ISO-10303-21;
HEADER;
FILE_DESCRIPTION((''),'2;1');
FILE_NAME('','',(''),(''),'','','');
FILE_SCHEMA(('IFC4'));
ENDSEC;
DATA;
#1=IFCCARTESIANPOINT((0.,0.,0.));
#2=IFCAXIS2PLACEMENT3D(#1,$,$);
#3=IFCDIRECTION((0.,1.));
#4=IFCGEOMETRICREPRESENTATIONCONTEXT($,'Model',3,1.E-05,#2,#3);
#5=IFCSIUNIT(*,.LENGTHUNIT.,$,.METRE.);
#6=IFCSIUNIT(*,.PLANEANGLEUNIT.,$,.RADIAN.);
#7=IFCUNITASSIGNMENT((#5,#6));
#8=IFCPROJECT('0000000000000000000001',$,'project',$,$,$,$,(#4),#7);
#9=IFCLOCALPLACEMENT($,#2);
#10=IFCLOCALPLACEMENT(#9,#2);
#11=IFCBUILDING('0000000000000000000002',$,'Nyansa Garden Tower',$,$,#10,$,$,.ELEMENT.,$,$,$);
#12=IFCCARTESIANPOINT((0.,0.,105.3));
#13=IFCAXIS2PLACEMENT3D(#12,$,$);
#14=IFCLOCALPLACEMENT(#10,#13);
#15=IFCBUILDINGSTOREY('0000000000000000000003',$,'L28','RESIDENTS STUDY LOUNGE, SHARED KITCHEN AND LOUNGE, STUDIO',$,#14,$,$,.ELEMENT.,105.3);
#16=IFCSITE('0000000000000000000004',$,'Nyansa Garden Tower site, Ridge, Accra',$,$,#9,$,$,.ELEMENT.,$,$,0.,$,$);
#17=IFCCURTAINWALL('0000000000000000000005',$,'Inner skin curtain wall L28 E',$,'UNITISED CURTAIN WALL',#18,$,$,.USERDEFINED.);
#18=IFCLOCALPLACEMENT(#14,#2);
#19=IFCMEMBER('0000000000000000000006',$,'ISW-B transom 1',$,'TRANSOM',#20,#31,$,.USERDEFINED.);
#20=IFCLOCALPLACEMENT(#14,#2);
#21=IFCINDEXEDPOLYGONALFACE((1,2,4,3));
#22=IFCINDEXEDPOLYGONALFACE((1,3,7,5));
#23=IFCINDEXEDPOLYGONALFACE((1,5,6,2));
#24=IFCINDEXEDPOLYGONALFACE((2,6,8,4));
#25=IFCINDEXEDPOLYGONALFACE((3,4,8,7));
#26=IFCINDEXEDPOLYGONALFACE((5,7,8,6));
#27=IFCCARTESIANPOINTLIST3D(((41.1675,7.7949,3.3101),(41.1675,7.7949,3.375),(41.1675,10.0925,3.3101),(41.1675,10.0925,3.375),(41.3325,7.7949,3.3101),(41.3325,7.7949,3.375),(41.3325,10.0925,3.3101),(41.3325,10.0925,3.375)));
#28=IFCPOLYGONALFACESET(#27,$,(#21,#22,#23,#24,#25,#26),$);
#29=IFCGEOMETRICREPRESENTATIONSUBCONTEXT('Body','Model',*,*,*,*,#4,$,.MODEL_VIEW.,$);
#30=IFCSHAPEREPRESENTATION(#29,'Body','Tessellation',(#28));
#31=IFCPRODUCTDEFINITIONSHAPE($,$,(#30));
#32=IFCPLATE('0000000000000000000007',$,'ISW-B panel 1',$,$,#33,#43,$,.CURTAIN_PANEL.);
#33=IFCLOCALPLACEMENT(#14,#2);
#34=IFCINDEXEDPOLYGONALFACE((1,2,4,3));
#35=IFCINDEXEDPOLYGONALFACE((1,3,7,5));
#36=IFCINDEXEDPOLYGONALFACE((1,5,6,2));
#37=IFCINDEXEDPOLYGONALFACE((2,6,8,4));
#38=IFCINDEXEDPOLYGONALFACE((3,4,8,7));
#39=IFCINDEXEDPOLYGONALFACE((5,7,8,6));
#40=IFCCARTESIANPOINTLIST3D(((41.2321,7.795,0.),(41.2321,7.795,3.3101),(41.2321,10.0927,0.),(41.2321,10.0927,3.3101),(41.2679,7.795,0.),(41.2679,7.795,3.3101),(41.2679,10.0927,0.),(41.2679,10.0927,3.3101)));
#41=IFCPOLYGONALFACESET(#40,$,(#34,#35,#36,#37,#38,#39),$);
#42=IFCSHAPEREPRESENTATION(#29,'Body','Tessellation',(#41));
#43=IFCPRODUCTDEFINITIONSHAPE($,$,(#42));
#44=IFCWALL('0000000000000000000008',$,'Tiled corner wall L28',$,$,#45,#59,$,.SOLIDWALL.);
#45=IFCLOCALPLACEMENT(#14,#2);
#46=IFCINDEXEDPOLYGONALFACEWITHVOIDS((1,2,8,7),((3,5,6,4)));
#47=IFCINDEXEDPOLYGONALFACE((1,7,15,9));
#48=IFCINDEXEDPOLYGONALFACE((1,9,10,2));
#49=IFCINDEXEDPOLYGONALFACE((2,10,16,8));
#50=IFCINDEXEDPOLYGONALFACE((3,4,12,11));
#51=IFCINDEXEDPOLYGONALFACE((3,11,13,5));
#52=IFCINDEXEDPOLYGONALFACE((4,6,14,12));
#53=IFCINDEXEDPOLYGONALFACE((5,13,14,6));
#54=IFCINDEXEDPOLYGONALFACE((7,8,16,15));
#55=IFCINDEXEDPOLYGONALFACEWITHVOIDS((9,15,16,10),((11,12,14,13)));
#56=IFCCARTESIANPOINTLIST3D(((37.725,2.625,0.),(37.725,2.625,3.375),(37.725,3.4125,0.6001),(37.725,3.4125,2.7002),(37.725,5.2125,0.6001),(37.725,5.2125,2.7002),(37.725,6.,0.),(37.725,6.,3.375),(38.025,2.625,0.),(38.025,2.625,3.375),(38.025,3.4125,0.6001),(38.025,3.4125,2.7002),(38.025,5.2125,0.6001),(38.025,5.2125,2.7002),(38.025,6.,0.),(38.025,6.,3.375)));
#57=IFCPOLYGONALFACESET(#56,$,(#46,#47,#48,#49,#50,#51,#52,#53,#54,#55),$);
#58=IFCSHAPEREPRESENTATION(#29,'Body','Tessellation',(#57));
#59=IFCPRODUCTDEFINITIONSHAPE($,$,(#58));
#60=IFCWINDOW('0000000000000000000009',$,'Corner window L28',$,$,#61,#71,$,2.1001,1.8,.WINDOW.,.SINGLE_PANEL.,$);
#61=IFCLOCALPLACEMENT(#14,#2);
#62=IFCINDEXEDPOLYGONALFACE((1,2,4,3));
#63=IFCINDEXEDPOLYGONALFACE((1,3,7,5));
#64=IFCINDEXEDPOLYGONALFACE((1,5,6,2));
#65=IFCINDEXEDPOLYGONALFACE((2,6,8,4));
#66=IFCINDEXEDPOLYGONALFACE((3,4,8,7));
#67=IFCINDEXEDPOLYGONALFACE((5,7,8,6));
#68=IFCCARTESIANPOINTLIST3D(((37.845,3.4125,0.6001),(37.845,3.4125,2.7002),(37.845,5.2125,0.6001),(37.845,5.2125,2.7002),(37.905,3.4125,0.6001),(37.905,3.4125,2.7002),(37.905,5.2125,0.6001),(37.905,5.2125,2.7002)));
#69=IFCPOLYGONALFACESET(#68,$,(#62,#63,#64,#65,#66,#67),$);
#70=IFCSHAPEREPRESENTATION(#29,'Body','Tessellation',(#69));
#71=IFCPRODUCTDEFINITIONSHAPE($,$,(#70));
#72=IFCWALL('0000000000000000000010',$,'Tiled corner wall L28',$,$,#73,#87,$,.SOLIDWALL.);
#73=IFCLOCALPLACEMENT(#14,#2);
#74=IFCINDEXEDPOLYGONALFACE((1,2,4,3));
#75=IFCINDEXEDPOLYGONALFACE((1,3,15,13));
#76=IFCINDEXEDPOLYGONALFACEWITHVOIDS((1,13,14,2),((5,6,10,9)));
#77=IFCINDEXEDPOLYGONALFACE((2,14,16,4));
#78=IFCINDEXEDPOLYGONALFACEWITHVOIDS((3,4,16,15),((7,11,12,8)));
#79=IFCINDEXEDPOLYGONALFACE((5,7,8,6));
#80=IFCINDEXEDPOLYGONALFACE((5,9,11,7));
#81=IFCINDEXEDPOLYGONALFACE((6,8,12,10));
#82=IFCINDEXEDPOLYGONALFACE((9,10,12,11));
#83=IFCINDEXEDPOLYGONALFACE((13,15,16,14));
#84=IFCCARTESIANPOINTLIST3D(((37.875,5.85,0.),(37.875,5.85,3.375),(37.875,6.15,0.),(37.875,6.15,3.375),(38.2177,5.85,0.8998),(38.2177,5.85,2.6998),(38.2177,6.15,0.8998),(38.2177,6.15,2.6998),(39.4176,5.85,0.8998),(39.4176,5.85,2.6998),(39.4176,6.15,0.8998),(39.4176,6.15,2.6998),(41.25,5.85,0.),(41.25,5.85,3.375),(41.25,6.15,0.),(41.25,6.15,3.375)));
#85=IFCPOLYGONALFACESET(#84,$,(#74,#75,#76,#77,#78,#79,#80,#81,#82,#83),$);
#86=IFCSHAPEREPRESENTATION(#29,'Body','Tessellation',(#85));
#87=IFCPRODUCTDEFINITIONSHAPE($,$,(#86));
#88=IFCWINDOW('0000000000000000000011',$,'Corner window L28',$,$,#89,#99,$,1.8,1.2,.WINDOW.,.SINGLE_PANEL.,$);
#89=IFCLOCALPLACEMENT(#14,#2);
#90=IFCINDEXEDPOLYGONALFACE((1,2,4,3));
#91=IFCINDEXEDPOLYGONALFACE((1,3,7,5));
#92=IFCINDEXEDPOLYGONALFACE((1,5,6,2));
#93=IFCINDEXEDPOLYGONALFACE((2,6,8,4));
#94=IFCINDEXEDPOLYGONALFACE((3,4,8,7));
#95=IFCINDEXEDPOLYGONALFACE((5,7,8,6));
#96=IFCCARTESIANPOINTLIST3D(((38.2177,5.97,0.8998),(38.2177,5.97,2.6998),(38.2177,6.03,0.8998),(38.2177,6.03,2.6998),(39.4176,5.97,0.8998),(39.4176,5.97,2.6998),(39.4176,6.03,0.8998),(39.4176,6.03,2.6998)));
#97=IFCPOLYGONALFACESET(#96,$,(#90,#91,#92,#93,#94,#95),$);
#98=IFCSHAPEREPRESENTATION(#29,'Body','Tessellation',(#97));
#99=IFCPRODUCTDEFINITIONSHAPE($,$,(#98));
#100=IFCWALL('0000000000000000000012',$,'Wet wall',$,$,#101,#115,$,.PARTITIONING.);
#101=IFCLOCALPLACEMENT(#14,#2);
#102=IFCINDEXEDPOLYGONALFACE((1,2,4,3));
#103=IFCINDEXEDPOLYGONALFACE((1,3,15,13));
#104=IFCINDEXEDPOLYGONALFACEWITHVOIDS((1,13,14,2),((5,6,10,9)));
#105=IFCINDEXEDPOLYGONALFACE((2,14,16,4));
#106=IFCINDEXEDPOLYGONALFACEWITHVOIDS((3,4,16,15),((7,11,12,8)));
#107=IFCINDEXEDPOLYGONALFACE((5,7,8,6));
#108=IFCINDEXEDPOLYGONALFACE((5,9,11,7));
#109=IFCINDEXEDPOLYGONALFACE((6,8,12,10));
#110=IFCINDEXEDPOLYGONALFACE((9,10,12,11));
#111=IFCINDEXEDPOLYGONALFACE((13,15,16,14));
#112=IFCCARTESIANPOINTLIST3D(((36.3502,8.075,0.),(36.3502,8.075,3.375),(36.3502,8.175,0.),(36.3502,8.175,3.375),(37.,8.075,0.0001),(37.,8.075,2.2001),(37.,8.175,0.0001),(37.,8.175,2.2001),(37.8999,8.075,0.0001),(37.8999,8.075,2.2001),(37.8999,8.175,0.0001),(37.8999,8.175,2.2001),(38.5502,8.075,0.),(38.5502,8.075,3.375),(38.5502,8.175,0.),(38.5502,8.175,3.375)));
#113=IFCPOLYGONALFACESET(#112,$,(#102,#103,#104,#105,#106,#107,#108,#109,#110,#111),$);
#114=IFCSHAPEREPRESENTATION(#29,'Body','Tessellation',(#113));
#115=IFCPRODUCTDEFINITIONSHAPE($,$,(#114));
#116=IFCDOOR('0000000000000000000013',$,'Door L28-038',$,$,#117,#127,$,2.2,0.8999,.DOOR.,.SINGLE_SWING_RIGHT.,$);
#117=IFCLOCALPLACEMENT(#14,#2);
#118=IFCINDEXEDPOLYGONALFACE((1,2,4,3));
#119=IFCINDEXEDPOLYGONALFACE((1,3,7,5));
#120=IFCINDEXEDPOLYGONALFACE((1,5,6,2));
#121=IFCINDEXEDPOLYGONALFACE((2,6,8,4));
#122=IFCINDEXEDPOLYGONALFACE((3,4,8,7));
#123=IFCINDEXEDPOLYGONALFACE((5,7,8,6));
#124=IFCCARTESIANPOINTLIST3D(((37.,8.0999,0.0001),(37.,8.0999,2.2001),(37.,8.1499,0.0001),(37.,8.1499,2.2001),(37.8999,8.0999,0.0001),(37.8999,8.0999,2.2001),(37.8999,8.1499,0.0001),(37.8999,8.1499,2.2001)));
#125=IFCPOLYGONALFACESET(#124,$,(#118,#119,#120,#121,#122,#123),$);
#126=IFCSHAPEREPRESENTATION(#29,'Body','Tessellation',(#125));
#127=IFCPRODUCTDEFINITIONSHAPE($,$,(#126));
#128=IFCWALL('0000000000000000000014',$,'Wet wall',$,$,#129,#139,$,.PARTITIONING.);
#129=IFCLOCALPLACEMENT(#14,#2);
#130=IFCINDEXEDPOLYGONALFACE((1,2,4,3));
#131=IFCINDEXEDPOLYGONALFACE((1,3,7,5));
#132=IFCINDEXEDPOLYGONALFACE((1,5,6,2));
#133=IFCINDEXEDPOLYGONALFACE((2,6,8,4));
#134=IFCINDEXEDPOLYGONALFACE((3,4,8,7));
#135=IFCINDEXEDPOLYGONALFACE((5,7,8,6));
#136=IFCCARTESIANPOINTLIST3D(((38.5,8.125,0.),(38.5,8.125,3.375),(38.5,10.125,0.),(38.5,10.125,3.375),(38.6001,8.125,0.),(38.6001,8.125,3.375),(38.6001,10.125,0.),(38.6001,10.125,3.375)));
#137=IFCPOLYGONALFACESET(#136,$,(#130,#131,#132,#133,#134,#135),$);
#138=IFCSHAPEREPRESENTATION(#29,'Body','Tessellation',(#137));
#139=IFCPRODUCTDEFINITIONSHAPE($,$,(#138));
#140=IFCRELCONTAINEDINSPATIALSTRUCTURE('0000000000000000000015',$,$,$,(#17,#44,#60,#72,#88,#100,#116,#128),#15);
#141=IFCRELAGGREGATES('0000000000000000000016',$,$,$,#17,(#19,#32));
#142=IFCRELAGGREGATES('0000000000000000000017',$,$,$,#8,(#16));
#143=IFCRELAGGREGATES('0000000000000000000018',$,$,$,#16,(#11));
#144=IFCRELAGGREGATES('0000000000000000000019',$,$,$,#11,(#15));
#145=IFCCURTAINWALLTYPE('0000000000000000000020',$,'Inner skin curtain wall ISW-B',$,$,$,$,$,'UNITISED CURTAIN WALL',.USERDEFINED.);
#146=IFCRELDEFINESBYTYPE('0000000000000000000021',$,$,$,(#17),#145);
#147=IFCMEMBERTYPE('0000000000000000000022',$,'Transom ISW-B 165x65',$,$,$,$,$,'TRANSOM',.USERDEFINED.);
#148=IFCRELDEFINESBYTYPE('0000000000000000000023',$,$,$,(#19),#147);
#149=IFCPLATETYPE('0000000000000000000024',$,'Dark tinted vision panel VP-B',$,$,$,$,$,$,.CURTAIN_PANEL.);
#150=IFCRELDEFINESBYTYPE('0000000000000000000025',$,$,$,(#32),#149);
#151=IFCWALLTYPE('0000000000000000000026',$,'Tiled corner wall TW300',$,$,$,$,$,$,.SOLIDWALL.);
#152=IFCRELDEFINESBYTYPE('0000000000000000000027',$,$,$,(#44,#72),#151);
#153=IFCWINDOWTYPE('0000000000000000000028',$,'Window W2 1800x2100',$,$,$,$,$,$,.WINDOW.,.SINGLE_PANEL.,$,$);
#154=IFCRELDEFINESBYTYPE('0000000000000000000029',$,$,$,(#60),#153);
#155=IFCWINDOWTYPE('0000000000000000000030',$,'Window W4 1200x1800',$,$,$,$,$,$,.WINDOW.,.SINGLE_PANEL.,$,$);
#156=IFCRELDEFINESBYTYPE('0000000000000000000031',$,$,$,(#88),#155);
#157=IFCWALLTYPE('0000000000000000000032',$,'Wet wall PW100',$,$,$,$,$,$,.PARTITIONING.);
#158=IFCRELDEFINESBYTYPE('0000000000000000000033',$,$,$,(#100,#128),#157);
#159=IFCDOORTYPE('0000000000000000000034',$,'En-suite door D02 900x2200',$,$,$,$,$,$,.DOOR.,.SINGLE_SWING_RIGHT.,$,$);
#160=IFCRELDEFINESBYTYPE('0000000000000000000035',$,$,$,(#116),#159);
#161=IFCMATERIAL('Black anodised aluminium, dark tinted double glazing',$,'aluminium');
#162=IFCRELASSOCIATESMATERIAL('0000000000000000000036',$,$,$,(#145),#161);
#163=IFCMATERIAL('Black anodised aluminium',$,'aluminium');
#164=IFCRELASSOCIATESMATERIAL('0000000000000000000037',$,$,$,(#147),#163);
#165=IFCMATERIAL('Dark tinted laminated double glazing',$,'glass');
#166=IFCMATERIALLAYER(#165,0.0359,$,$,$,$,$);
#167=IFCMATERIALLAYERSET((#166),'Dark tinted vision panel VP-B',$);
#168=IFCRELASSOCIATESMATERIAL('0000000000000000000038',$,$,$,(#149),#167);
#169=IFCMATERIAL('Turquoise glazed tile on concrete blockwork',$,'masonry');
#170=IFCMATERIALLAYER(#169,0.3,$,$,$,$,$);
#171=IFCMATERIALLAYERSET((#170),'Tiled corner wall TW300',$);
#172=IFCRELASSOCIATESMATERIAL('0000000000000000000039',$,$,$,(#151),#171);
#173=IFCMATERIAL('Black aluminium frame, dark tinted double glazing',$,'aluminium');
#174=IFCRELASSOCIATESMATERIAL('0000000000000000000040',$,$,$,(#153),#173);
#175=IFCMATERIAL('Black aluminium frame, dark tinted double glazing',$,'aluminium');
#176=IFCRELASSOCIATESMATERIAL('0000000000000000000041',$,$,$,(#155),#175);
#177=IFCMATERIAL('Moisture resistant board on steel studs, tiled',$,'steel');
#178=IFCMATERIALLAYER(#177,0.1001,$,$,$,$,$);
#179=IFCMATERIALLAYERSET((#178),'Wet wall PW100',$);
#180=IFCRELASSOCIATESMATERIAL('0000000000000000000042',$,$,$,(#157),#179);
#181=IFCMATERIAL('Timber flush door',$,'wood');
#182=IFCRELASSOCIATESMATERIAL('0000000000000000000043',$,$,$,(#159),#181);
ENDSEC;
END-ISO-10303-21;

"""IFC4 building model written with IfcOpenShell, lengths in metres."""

from ifc_helpers import new_model, si_unit, direction, frame, frame_2d, origin, origin_2d, place, context, subcontext, project, spatial, rectangle, extrude, material, layer, layer_set, material_profile, profile_set, type_object, element, fill, aggregate, save


model = new_model("IFC4")

# Units and contexts
model_context = context("Model", 3, precision=1e-05, world=origin(), true_north=direction((0.0, 1.0)))
body_context = subcontext(model_context, "Body", "Model", "MODEL_VIEW")
ifc_project = project(units=[si_unit("LENGTHUNIT", "METRE"), si_unit("PLANEANGLEUNIT", "RADIAN")], contexts=[model_context])

# Site, building, storey
site_placement = place(None, origin())
site = spatial("IfcSite", under=ifc_project, at=site_placement, Name="Nyansa Garden Tower site, Ridge, Accra", CompositionType="ELEMENT", RefElevation=0.0)
building_placement = place(site_placement, origin())
building = spatial("IfcBuilding", under=site, at=building_placement, Name="Nyansa Garden Tower", CompositionType="ELEMENT")
storey_placement = place(building_placement, frame((0.0, 0.0, 105.3)))
storey = spatial("IfcBuildingStorey", under=building, at=storey_placement, Name="L28", Description="RESIDENTS STUDY LOUNGE, SHARED KITCHEN AND LOUNGE, STUDIO", CompositionType="ELEMENT", Elevation=105.3)

# Curtain wall
ifc_material_1 = material(Name="Black anodised aluminium, dark tinted double glazing", Category="aluminium")
curtain_wall_type = type_object("IfcCurtainWallType", Name="Inner skin curtain wall ISW-B", ElementType="UNITISED CURTAIN WALL", PredefinedType="USERDEFINED", material=ifc_material_1)
curtain_wall_placement = place(storey_placement, origin())
curtain_wall = element("IfcCurtainWall", 1, at=curtain_wall_placement, inside=storey, type_object=curtain_wall_type, Name="Inner skin curtain wall L28 E", ObjectType="UNITISED CURTAIN WALL", PredefinedType="USERDEFINED")

# Member
ifc_material_2 = material(Name="Black anodised aluminium", Category="aluminium")
ifc_material_profile_1 = material_profile(ifc_material_2, rectangle(XDim=0.165, YDim=0.0649, at=origin_2d()), Name="Transom 165x65")
ifc_profile_set_1 = profile_set([ifc_material_profile_1], Name="Black anodised aluminium")
member_type_1 = type_object("IfcMemberType", Name="Transom ISW-B 165x65", ElementType="TRANSOM", PredefinedType="USERDEFINED", material=ifc_profile_set_1)
member_1_placement = place(storey_placement, frame((41.25, 7.7949, 3.3425), z_axis=(0.0, 1.0, 0.0), x_axis=(-1.0, 0.0, 0.0)))
member_1 = element("IfcMember", 2, at=member_1_placement, type_object=member_type_1, Name="ISW-B transom 1", ObjectType="TRANSOM", PredefinedType="USERDEFINED", context=body_context, shape_type="SweptSolid", body=[
    extrude(rectangle(XDim=0.165, YDim=0.0649, at=origin_2d()), origin(), (0.0, 0.0, 1.0), 2.2976),
])

# Plate
ifc_material_3 = material(Name="Dark tinted laminated double glazing", Category="glass")
ifc_layer_1 = layer(ifc_material_3, 0.0359)
ifc_layer_set_1 = layer_set([ifc_layer_1], Name="Dark tinted vision panel VP-B")
plate_type = type_object("IfcPlateType", Name="Dark tinted vision panel VP-B", PredefinedType="CURTAIN_PANEL", material=ifc_layer_set_1)
plate_placement = place(storey_placement, frame((41.25, 8.9438, 0.0), z_axis=(0.0, 0.0, 1.0), x_axis=(0.0, 1.0, 0.0)))
plate = element("IfcPlate", 3, at=plate_placement, type_object=plate_type, Name="ISW-B panel 1", PredefinedType="CURTAIN_PANEL", context=body_context, shape_type="SweptSolid", body=[
    extrude(rectangle(XDim=2.2976, YDim=0.0359, at=origin_2d()), origin(), (0.0, 0.0, 1.0), 3.3101),
])
aggregate(curtain_wall, [member_1, plate])

# Walls, openings, windows
ifc_material_4 = material(Name="Turquoise glazed tile on concrete blockwork", Category="masonry")
ifc_layer_2 = layer(ifc_material_4, 0.3)
ifc_layer_set_2 = layer_set([ifc_layer_2], Name="Tiled corner wall TW300")
wall_type_1 = type_object("IfcWallType", Name="Tiled corner wall TW300", PredefinedType="SOLIDWALL", material=ifc_layer_set_2)
wall_1_placement = place(storey_placement, frame((37.875, 2.625, 0.0), z_axis=(0.0, 0.0, 1.0), x_axis=(0.0, 1.0, 0.0)))
wall_1 = element("IfcWall", 4, at=wall_1_placement, inside=storey, type_object=wall_type_1, Name="Tiled corner wall L28", PredefinedType="SOLIDWALL", context=body_context, shape_type="SweptSolid", body=[
    extrude(rectangle(XDim=3.375, YDim=0.3, at=frame_2d((1.6875, 0.0))), origin(), (0.0, 0.0, 1.0), 3.375),
])
opening_1_placement = place(wall_1_placement, frame((0.7876, 0.0, 0.6001)))
opening_1 = element("IfcOpeningElement", 5, at=opening_1_placement, cuts=wall_1, PredefinedType="OPENING", context=body_context, shape_type="SweptSolid", body=[
    extrude(rectangle(XDim=1.8, YDim=2.1001, at=frame_2d((0.8999, 1.05))), frame((0.0, 0.1599, 0.0), z_axis=(0.0, -1.0, 0.0), x_axis=(1.0, 0.0, 0.0)), (0.0, 0.0, 1.0), 0.3201),
])
ifc_material_5 = material(Name="Black aluminium frame, dark tinted double glazing", Category="aluminium")
window_type_1 = type_object("IfcWindowType", Name="Window W2 1800x2100", PartitioningType="SINGLE_PANEL", PredefinedType="WINDOW", material=ifc_material_5)
window_1_placement = place(opening_1_placement, origin())
window_1 = element("IfcWindow", 6, at=window_1_placement, inside=storey, type_object=window_type_1, Name="Corner window L28", OverallHeight=2.1001, OverallWidth=1.8, PartitioningType="SINGLE_PANEL", PredefinedType="WINDOW", context=body_context, shape_type="SweptSolid", body=[
    extrude(rectangle(XDim=1.8, YDim=2.1001, at=frame_2d((0.8999, 1.05))), frame((0.0, 0.03, 0.0), z_axis=(0.0, -1.0, 0.0), x_axis=(1.0, 0.0, 0.0)), (0.0, 0.0, 1.0), 0.0601),
])
fill(opening_1, window_1)
wall_2_placement = place(storey_placement, frame((37.875, 6.0, 0.0), z_axis=(0.0, 0.0, 1.0), x_axis=(1.0, 0.0, 0.0)))
wall_2 = element("IfcWall", 7, at=wall_2_placement, inside=storey, type_object=wall_type_1, Name="Tiled corner wall L28", PredefinedType="SOLIDWALL", context=body_context, shape_type="SweptSolid", body=[
    extrude(rectangle(XDim=3.375, YDim=0.3, at=frame_2d((1.6875, 0.0))), origin(), (0.0, 0.0, 1.0), 3.375),
])
opening_2_placement = place(wall_2_placement, frame((0.3425, 0.0, 0.8999)))
opening_2 = element("IfcOpeningElement", 8, at=opening_2_placement, cuts=wall_2, PredefinedType="OPENING", context=body_context, shape_type="SweptSolid", body=[
    extrude(rectangle(XDim=1.2, YDim=1.8, at=frame_2d((0.6001, 0.8999))), frame((0.0, 0.1599, 0.0), z_axis=(0.0, -1.0, 0.0), x_axis=(1.0, 0.0, 0.0)), (0.0, 0.0, 1.0), 0.3201),
])
ifc_material_6 = material(Name="Black aluminium frame, dark tinted double glazing", Category="aluminium")
window_type_2 = type_object("IfcWindowType", Name="Window W4 1200x1800", PartitioningType="SINGLE_PANEL", PredefinedType="WINDOW", material=ifc_material_6)
window_2_placement = place(opening_2_placement, origin())
window_2 = element("IfcWindow", 9, at=window_2_placement, inside=storey, type_object=window_type_2, Name="Corner window L28", OverallHeight=1.8, OverallWidth=1.2, PartitioningType="SINGLE_PANEL", PredefinedType="WINDOW", context=body_context, shape_type="SweptSolid", body=[
    extrude(rectangle(XDim=1.2, YDim=1.8, at=frame_2d((0.6001, 0.8999))), frame((0.0, 0.03, 0.0), z_axis=(0.0, -1.0, 0.0), x_axis=(1.0, 0.0, 0.0)), (0.0, 0.0, 1.0), 0.0601),
])
fill(opening_2, window_2)

# Wall, opening, door
ifc_material_7 = material(Name="Moisture resistant board on steel studs, tiled", Category="steel")
ifc_layer_3 = layer(ifc_material_7, 0.1001)
ifc_layer_set_3 = layer_set([ifc_layer_3], Name="Wet wall PW100")
wall_type_2 = type_object("IfcWallType", Name="Wet wall PW100", PredefinedType="PARTITIONING", material=ifc_layer_set_3)
wall_3_placement = place(storey_placement, frame((36.3501, 8.125, 0.0), z_axis=(0.0, 0.0, 1.0), x_axis=(1.0, 0.0, 0.0)))
wall_3 = element("IfcWall", 10, at=wall_3_placement, inside=storey, type_object=wall_type_2, Name="Wet wall", PredefinedType="PARTITIONING", context=body_context, shape_type="SweptSolid", body=[
    extrude(rectangle(XDim=2.2, YDim=0.1001, at=frame_2d((1.1001, 0.0))), origin(), (0.0, 0.0, 1.0), 3.375),
])
opening_3_placement = place(wall_3_placement, frame((0.6499, 0.0, 0.0)))
opening_3 = element("IfcOpeningElement", 11, at=opening_3_placement, cuts=wall_3, PredefinedType="OPENING", context=body_context, shape_type="SweptSolid", body=[
    extrude(rectangle(XDim=0.8999, YDim=2.2, at=frame_2d((0.45, 1.1001))), frame((0.0, 0.0601, 0.0), z_axis=(0.0, -1.0, 0.0), x_axis=(1.0, 0.0, 0.0)), (0.0, 0.0, 1.0), 0.1201),
])
ifc_material_8 = material(Name="Timber flush door", Category="wood")
door_type = type_object("IfcDoorType", Name="En-suite door D02 900x2200", OperationType="SINGLE_SWING_RIGHT", PredefinedType="DOOR", material=ifc_material_8)
door_placement = place(opening_3_placement, origin())
door = element("IfcDoor", 12, at=door_placement, inside=storey, type_object=door_type, Name="Door L28-038", OperationType="SINGLE_SWING_RIGHT", OverallHeight=2.2, OverallWidth=0.8999, PredefinedType="DOOR", context=body_context, shape_type="SweptSolid", body=[
    extrude(rectangle(XDim=0.8999, YDim=2.2, at=frame_2d((0.45, 1.1001))), frame((0.0, 0.0249, 0.0), z_axis=(0.0, -1.0, 0.0), x_axis=(1.0, 0.0, 0.0)), (0.0, 0.0, 1.0), 0.05),
])
fill(opening_3, door)

# Wall
wall_4_placement = place(storey_placement, frame((38.55, 8.125, 0.0), z_axis=(0.0, 0.0, 1.0), x_axis=(0.0, 1.0, 0.0)))
element("IfcWall", 13, at=wall_4_placement, inside=storey, type_object=wall_type_2, Name="Wet wall", PredefinedType="PARTITIONING", context=body_context, shape_type="SweptSolid", body=[
    extrude(rectangle(XDim=2.0, YDim=0.1001, at=frame_2d((1.0, 0.0))), origin(), (0.0, 0.0, 1.0), 3.375),
])

save(model, "model.ifc")
